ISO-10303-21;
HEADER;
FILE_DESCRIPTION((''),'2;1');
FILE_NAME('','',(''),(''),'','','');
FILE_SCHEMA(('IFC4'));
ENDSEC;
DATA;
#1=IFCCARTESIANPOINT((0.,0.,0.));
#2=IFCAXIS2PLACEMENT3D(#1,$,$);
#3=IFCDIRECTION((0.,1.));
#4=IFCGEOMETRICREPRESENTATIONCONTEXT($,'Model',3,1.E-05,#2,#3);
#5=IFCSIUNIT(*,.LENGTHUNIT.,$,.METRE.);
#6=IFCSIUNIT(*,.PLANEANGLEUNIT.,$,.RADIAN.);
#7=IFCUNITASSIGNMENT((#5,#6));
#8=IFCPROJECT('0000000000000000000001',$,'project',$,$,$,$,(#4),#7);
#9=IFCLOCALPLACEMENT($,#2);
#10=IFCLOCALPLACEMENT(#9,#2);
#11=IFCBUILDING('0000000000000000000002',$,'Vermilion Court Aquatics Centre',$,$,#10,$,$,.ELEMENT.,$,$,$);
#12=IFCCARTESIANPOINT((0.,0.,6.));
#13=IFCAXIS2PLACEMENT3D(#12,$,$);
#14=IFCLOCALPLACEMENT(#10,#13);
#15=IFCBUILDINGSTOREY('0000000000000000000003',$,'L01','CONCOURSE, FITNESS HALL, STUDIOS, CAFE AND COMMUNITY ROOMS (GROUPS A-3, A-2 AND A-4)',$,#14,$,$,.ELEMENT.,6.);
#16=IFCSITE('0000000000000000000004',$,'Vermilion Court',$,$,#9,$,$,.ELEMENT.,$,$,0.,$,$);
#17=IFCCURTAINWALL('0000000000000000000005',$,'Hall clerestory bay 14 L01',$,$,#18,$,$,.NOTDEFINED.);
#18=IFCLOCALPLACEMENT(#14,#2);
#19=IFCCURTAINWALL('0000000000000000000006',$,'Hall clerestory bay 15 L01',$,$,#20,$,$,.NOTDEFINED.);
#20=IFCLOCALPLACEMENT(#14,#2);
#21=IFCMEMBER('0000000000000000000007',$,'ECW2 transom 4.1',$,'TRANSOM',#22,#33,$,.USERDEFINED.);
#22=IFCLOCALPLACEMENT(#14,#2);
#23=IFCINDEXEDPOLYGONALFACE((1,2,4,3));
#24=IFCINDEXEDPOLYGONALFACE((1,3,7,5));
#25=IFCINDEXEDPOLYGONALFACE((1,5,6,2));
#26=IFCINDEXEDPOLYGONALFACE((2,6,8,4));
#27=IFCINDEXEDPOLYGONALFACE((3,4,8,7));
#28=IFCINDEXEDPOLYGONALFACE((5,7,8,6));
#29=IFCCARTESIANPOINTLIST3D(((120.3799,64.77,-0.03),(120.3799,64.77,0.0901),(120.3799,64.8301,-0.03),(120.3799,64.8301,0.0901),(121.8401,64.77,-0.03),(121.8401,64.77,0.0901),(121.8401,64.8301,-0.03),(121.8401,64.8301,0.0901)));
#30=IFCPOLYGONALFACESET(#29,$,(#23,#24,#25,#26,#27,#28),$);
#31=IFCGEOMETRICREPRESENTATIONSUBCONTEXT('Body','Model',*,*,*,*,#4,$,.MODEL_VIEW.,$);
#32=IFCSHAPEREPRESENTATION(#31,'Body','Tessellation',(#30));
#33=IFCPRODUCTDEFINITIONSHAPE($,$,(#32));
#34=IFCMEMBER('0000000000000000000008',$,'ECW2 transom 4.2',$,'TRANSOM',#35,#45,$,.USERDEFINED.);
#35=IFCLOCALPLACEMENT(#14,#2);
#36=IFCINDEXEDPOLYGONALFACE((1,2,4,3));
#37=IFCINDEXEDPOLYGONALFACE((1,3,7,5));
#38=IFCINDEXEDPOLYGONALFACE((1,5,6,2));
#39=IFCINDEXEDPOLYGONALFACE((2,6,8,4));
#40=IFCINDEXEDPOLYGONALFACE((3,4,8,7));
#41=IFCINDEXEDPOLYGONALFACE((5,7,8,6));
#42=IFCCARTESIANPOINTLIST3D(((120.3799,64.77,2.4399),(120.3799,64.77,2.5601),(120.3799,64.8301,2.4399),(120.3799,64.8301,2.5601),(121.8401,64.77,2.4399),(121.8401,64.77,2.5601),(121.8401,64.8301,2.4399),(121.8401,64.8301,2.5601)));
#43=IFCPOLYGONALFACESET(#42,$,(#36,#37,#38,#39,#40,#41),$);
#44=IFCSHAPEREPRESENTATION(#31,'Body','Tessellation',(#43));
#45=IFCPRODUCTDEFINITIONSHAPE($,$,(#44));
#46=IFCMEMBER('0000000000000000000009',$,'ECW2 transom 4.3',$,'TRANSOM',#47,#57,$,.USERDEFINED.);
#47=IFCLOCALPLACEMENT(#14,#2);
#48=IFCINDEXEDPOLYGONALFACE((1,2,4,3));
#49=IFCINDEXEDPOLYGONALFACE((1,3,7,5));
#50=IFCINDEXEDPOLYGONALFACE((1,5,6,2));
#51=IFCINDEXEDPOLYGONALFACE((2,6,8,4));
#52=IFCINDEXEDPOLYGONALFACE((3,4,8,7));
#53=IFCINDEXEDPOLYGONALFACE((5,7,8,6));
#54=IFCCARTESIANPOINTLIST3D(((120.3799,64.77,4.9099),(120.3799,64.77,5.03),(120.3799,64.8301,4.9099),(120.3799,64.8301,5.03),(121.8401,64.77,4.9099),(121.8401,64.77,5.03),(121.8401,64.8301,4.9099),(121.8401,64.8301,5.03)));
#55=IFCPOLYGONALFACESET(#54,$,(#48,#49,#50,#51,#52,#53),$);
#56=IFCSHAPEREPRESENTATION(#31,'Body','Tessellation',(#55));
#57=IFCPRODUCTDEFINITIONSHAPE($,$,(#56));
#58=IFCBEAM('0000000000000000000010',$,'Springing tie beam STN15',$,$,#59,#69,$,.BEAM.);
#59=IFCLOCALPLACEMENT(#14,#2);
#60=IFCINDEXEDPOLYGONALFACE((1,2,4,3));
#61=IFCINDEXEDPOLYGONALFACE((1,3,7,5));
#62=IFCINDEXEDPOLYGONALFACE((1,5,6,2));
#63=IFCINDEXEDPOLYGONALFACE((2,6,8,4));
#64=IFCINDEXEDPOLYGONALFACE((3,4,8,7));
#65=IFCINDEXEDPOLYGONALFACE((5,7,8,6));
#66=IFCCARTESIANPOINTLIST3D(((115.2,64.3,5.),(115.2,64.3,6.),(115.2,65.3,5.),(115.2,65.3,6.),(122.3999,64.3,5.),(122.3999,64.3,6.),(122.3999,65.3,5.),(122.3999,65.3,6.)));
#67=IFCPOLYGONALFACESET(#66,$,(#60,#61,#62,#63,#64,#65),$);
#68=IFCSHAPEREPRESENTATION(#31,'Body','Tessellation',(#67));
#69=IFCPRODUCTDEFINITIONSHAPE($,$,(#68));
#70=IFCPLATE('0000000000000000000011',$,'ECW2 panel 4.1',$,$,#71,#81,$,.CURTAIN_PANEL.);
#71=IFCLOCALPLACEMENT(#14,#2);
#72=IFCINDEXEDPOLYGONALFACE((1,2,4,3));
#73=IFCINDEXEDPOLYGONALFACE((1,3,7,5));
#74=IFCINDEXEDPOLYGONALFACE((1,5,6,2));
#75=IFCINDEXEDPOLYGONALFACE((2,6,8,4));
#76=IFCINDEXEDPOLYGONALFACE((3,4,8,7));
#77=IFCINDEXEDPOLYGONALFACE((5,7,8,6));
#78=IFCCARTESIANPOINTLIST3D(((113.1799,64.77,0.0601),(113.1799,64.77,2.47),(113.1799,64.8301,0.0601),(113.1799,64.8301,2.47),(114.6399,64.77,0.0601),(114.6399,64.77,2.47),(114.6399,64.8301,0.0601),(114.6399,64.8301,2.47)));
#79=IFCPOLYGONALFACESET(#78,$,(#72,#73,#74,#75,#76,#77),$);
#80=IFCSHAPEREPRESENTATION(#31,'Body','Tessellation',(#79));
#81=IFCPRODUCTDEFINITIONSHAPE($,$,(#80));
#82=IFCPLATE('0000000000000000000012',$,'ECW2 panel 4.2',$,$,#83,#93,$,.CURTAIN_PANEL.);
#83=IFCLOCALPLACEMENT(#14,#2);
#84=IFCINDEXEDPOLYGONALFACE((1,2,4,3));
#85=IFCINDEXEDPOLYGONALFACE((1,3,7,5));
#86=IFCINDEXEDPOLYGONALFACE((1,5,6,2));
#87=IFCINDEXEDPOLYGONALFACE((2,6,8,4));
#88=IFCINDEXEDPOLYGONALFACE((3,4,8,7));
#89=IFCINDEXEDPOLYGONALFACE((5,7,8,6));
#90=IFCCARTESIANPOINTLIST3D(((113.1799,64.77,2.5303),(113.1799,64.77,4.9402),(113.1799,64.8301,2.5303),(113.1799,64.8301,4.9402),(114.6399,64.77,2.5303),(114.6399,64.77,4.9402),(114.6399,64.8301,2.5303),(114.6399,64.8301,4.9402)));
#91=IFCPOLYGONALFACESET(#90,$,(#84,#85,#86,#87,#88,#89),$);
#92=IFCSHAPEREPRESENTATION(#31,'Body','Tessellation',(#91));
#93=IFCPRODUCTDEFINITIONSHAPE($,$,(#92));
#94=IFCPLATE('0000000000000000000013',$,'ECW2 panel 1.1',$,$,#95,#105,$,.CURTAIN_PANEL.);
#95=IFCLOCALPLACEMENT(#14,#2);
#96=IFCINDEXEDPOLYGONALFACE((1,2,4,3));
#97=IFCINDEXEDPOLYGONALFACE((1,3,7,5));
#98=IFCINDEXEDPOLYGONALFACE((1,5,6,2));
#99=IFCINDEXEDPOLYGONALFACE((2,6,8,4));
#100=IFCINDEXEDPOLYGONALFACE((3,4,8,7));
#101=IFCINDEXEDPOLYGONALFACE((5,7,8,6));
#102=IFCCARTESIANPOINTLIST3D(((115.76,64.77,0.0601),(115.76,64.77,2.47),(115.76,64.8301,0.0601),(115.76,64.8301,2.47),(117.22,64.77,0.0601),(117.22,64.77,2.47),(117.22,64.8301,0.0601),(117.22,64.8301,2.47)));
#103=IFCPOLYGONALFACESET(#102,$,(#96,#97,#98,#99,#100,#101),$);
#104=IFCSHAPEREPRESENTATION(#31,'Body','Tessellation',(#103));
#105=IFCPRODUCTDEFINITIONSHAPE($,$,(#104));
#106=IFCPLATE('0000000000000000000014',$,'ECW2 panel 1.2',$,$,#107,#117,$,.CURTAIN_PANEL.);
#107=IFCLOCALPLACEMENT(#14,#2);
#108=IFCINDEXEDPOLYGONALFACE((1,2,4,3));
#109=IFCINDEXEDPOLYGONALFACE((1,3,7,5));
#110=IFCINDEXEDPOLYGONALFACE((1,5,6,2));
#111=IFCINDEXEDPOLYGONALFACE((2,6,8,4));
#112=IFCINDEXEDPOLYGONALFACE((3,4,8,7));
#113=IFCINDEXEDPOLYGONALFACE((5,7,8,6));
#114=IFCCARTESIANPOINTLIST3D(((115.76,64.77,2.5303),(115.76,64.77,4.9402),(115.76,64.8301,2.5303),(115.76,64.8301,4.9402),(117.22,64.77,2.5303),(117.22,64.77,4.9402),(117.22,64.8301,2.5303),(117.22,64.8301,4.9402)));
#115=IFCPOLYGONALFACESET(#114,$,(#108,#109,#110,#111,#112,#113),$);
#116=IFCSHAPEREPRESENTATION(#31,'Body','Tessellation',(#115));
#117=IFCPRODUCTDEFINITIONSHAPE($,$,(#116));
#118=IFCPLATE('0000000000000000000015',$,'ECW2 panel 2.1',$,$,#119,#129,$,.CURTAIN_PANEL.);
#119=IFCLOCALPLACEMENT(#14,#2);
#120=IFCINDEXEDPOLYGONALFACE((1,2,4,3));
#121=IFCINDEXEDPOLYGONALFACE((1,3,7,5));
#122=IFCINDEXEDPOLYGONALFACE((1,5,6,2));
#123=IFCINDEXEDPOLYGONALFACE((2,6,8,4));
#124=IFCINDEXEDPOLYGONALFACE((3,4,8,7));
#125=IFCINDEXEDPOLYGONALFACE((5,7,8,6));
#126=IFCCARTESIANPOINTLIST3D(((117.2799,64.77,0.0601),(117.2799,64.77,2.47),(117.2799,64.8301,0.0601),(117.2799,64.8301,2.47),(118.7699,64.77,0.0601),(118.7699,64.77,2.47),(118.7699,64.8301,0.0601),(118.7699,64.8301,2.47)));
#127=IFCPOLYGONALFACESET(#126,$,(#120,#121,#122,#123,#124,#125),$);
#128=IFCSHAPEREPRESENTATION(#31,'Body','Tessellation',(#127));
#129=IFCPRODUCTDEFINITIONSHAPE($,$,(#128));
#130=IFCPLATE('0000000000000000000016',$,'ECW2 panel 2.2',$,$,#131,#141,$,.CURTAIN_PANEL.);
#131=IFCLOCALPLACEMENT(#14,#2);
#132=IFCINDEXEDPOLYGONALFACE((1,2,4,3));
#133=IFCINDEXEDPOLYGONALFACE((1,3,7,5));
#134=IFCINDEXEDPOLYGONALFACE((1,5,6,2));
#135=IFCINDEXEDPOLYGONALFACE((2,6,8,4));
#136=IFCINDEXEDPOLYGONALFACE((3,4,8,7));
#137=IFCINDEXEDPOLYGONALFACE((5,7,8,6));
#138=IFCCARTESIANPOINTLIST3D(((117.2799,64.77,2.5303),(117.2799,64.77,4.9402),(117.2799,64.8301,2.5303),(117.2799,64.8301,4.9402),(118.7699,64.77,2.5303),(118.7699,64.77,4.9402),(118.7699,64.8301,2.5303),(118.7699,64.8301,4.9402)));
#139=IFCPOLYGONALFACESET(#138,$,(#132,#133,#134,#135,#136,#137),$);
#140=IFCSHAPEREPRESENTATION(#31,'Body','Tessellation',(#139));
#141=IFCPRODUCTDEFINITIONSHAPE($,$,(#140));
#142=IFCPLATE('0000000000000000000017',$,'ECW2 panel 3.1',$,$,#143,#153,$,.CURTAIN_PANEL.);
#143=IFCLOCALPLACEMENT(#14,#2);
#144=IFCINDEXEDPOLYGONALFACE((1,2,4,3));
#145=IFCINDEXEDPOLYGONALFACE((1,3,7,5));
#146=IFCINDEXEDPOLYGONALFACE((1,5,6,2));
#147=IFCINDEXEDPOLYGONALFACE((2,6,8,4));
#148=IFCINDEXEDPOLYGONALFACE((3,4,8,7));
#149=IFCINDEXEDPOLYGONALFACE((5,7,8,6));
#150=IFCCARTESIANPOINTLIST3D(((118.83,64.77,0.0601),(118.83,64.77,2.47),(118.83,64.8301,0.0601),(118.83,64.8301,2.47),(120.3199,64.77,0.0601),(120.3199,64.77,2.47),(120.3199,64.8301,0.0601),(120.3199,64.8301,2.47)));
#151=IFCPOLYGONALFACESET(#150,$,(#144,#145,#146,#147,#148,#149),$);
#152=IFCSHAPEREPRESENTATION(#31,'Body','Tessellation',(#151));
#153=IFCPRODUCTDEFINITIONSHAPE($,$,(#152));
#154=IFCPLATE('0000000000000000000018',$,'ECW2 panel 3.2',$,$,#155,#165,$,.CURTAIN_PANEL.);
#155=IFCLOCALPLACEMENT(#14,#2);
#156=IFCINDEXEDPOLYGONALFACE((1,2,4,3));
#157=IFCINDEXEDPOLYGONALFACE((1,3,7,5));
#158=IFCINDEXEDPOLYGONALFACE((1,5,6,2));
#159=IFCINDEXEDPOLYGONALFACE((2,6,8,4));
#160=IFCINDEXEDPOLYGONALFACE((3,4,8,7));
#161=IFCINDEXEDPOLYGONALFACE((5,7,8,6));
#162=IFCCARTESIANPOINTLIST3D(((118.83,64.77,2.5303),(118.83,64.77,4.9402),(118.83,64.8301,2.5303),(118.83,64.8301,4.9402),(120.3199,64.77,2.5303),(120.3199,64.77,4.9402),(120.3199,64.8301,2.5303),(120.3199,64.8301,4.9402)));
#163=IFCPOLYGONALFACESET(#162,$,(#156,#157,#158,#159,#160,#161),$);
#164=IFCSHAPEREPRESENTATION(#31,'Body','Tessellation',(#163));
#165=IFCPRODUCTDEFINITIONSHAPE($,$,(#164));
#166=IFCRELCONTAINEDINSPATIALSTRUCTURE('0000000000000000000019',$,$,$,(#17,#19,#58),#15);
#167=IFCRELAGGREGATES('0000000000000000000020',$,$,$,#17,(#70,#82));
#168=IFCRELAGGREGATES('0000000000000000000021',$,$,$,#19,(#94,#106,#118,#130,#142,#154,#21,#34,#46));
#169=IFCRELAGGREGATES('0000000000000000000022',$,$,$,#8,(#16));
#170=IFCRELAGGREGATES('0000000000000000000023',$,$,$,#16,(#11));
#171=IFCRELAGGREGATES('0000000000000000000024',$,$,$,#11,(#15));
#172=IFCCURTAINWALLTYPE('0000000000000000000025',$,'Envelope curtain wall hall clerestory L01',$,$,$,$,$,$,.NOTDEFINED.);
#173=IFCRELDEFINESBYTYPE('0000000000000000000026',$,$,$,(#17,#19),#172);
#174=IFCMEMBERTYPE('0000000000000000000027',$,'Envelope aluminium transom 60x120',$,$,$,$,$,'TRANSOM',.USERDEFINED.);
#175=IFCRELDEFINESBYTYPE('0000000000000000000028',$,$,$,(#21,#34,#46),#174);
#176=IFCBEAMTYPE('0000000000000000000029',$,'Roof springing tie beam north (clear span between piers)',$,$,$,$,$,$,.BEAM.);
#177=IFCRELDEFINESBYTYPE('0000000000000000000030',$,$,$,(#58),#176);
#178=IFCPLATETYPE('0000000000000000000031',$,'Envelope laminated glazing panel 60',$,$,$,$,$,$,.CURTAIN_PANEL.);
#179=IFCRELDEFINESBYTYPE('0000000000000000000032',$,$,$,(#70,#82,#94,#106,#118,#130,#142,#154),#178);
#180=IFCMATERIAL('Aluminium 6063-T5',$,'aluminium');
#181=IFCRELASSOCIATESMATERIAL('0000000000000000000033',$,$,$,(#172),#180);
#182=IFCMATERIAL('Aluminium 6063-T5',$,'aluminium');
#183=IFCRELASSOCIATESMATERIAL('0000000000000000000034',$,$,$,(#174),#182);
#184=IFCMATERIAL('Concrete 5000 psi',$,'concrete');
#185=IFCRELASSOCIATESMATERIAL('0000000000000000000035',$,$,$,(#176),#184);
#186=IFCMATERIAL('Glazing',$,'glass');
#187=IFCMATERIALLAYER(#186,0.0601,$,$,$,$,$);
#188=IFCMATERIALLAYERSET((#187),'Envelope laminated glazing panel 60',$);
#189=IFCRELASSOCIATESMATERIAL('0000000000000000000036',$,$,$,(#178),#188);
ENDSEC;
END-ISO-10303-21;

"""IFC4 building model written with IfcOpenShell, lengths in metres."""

from ifc_helpers import new_model, si_unit, direction, frame, origin, origin_2d, place, context, subcontext, project, spatial, rectangle, extrude, material, layer, layer_set, material_profile, profile_set, type_object, element, aggregate, save


model = new_model("IFC4")

# Units and contexts
model_context = context("Model", 3, precision=1e-05, world=origin(), true_north=direction((0.0, 1.0)))
body_context = subcontext(model_context, "Body", "Model", "MODEL_VIEW")
ifc_project = project(units=[si_unit("LENGTHUNIT", "METRE"), si_unit("PLANEANGLEUNIT", "RADIAN")], contexts=[model_context])

# Site, building, storey
site_placement = place(None, origin())
site = spatial("IfcSite", under=ifc_project, at=site_placement, Name="Vermilion Court", CompositionType="ELEMENT", RefElevation=0.0)
building_placement = place(site_placement, origin())
building = spatial("IfcBuilding", under=site, at=building_placement, Name="Vermilion Court Aquatics Centre", CompositionType="ELEMENT")
storey_placement = place(building_placement, frame((0.0, 0.0, 6.0)))
storey = spatial("IfcBuildingStorey", under=building, at=storey_placement, Name="L01", Description="CONCOURSE, FITNESS HALL, STUDIOS, CAFE AND COMMUNITY ROOMS (GROUPS A-3, A-2 AND A-4)", CompositionType="ELEMENT", Elevation=6.0)

# Curtain wall
ifc_material_1 = material(Name="Aluminium 6063-T5", Category="aluminium")
curtain_wall_type = type_object("IfcCurtainWallType", Name="Envelope curtain wall hall clerestory L01", PredefinedType="NOTDEFINED", material=ifc_material_1)
curtain_wall_1_placement = place(storey_placement, origin())
curtain_wall_1 = element("IfcCurtainWall", 1, at=curtain_wall_1_placement, inside=storey, type_object=curtain_wall_type, Name="Hall clerestory bay 14 L01", PredefinedType="NOTDEFINED")

# Curtain wall
curtain_wall_2_placement = place(storey_placement, origin())
curtain_wall_2 = element("IfcCurtainWall", 2, at=curtain_wall_2_placement, inside=storey, type_object=curtain_wall_type, Name="Hall clerestory bay 15 L01", PredefinedType="NOTDEFINED")

# Members
ifc_material_2 = material(Name="Aluminium 6063-T5", Category="aluminium")
ifc_material_profile_1 = material_profile(ifc_material_2, rectangle(XDim=0.0601, YDim=0.1201, at=origin_2d()), Name="AL 60x120")
ifc_profile_set_1 = profile_set([ifc_material_profile_1], Name="Aluminium 6063-T5")
member_type_1 = type_object("IfcMemberType", Name="Envelope aluminium transom 60x120", ElementType="TRANSOM", PredefinedType="USERDEFINED", material=ifc_profile_set_1)
member_1_placement = place(storey_placement, frame((120.3799, 64.8, 0.03), z_axis=(1.0, 0.0, 0.0), x_axis=(0.0, 1.0, 0.0)))
member_1 = element("IfcMember", 3, at=member_1_placement, type_object=member_type_1, Name="ECW2 transom 4.1", ObjectType="TRANSOM", PredefinedType="USERDEFINED", context=body_context, shape_type="SweptSolid", body=[
    extrude(rectangle(XDim=0.0601, YDim=0.1201, at=origin_2d()), origin(), (0.0, 0.0, 1.0), 1.4602),
])
member_2_placement = place(storey_placement, frame((120.3799, 64.8, 2.5), z_axis=(1.0, 0.0, 0.0), x_axis=(0.0, 1.0, 0.0)))
member_2 = element("IfcMember", 4, at=member_2_placement, type_object=member_type_1, Name="ECW2 transom 4.2", ObjectType="TRANSOM", PredefinedType="USERDEFINED", context=body_context, shape_type="SweptSolid", body=[
    extrude(rectangle(XDim=0.0601, YDim=0.1201, at=origin_2d()), origin(), (0.0, 0.0, 1.0), 1.4602),
])
member_3_placement = place(storey_placement, frame((120.3799, 64.8, 4.97), z_axis=(1.0, 0.0, 0.0), x_axis=(0.0, 1.0, 0.0)))
member_3 = element("IfcMember", 5, at=member_3_placement, type_object=member_type_1, Name="ECW2 transom 4.3", ObjectType="TRANSOM", PredefinedType="USERDEFINED", context=body_context, shape_type="SweptSolid", body=[
    extrude(rectangle(XDim=0.0601, YDim=0.1201, at=origin_2d()), origin(), (0.0, 0.0, 1.0), 1.4602),
])

# Beam
ifc_material_3 = material(Name="Concrete 5000 psi", Category="concrete")
ifc_material_profile_2 = material_profile(ifc_material_3, rectangle(XDim=1.0, YDim=1.0, at=origin_2d()), Name="RC 1000x1000")
ifc_profile_set_2 = profile_set([ifc_material_profile_2], Name="Concrete 5000 psi")
beam_type = type_object("IfcBeamType", Name="Roof springing tie beam north (clear span between piers)", PredefinedType="BEAM", material=ifc_profile_set_2)
beam_placement = place(storey_placement, frame((115.2, 64.8, 5.5), z_axis=(1.0, 0.0, 0.0), x_axis=(0.0, 1.0, 0.0)))
element("IfcBeam", 6, at=beam_placement, inside=storey, type_object=beam_type, Name="Springing tie beam STN15", PredefinedType="BEAM", context=body_context, shape_type="SweptSolid", body=[
    extrude(rectangle(XDim=1.0, YDim=1.0, at=origin_2d()), origin(), (0.0, 0.0, 1.0), 7.2),
])

# Plates
ifc_material_4 = material(Name="Glazing", Category="glass")
ifc_layer = layer(ifc_material_4, 0.0601)
ifc_layer_set = layer_set([ifc_layer], Name="Envelope laminated glazing panel 60")
plate_type = type_object("IfcPlateType", Name="Envelope laminated glazing panel 60", PredefinedType="CURTAIN_PANEL", material=ifc_layer_set)
plate_1_placement = place(storey_placement, frame((113.9099, 64.8, 0.0601), z_axis=(0.0, 0.0, 1.0), x_axis=(1.0, 0.0, 0.0)))
plate_1 = element("IfcPlate", 7, at=plate_1_placement, type_object=plate_type, Name="ECW2 panel 4.1", PredefinedType="CURTAIN_PANEL", context=body_context, shape_type="SweptSolid", body=[
    extrude(rectangle(XDim=1.46, YDim=0.0601, at=origin_2d()), origin(), (0.0, 0.0, 1.0), 2.4099),
])
plate_2_placement = place(storey_placement, frame((113.9099, 64.8, 2.5303), z_axis=(0.0, 0.0, 1.0), x_axis=(1.0, 0.0, 0.0)))
plate_2 = element("IfcPlate", 8, at=plate_2_placement, type_object=plate_type, Name="ECW2 panel 4.2", PredefinedType="CURTAIN_PANEL", context=body_context, shape_type="SweptSolid", body=[
    extrude(rectangle(XDim=1.46, YDim=0.0601, at=origin_2d()), origin(), (0.0, 0.0, 1.0), 2.4099),
])
aggregate(curtain_wall_1, [plate_1, plate_2])
plate_3_placement = place(storey_placement, frame((116.49, 64.8, 0.0601), z_axis=(0.0, 0.0, 1.0), x_axis=(1.0, 0.0, 0.0)))
plate_3 = element("IfcPlate", 9, at=plate_3_placement, type_object=plate_type, Name="ECW2 panel 1.1", PredefinedType="CURTAIN_PANEL", context=body_context, shape_type="SweptSolid", body=[
    extrude(rectangle(XDim=1.46, YDim=0.0601, at=origin_2d()), origin(), (0.0, 0.0, 1.0), 2.4099),
])
plate_4_placement = place(storey_placement, frame((116.49, 64.8, 2.5303), z_axis=(0.0, 0.0, 1.0), x_axis=(1.0, 0.0, 0.0)))
plate_4 = element("IfcPlate", 10, at=plate_4_placement, type_object=plate_type, Name="ECW2 panel 1.2", PredefinedType="CURTAIN_PANEL", context=body_context, shape_type="SweptSolid", body=[
    extrude(rectangle(XDim=1.46, YDim=0.0601, at=origin_2d()), origin(), (0.0, 0.0, 1.0), 2.4099),
])
plate_5_placement = place(storey_placement, frame((118.0249, 64.8, 0.0601), z_axis=(0.0, 0.0, 1.0), x_axis=(1.0, 0.0, 0.0)))
plate_5 = element("IfcPlate", 11, at=plate_5_placement, type_object=plate_type, Name="ECW2 panel 2.1", PredefinedType="CURTAIN_PANEL", context=body_context, shape_type="SweptSolid", body=[
    extrude(rectangle(XDim=1.49, YDim=0.0601, at=origin_2d()), origin(), (0.0, 0.0, 1.0), 2.4099),
])
plate_6_placement = place(storey_placement, frame((118.0249, 64.8, 2.5303), z_axis=(0.0, 0.0, 1.0), x_axis=(1.0, 0.0, 0.0)))
plate_6 = element("IfcPlate", 12, at=plate_6_placement, type_object=plate_type, Name="ECW2 panel 2.2", PredefinedType="CURTAIN_PANEL", context=body_context, shape_type="SweptSolid", body=[
    extrude(rectangle(XDim=1.49, YDim=0.0601, at=origin_2d()), origin(), (0.0, 0.0, 1.0), 2.4099),
])
plate_7_placement = place(storey_placement, frame((119.575, 64.8, 0.0601), z_axis=(0.0, 0.0, 1.0), x_axis=(1.0, 0.0, 0.0)))
plate_7 = element("IfcPlate", 13, at=plate_7_placement, type_object=plate_type, Name="ECW2 panel 3.1", PredefinedType="CURTAIN_PANEL", context=body_context, shape_type="SweptSolid", body=[
    extrude(rectangle(XDim=1.49, YDim=0.0601, at=origin_2d()), origin(), (0.0, 0.0, 1.0), 2.4099),
])
plate_8_placement = place(storey_placement, frame((119.575, 64.8, 2.5303), z_axis=(0.0, 0.0, 1.0), x_axis=(1.0, 0.0, 0.0)))
plate_8 = element("IfcPlate", 14, at=plate_8_placement, type_object=plate_type, Name="ECW2 panel 3.2", PredefinedType="CURTAIN_PANEL", context=body_context, shape_type="SweptSolid", body=[
    extrude(rectangle(XDim=1.49, YDim=0.0601, at=origin_2d()), origin(), (0.0, 0.0, 1.0), 2.4099),
])
aggregate(curtain_wall_2, [plate_3, plate_4, plate_5, plate_6, plate_7, plate_8, member_1, member_2, member_3])

save(model, "model.ifc")
